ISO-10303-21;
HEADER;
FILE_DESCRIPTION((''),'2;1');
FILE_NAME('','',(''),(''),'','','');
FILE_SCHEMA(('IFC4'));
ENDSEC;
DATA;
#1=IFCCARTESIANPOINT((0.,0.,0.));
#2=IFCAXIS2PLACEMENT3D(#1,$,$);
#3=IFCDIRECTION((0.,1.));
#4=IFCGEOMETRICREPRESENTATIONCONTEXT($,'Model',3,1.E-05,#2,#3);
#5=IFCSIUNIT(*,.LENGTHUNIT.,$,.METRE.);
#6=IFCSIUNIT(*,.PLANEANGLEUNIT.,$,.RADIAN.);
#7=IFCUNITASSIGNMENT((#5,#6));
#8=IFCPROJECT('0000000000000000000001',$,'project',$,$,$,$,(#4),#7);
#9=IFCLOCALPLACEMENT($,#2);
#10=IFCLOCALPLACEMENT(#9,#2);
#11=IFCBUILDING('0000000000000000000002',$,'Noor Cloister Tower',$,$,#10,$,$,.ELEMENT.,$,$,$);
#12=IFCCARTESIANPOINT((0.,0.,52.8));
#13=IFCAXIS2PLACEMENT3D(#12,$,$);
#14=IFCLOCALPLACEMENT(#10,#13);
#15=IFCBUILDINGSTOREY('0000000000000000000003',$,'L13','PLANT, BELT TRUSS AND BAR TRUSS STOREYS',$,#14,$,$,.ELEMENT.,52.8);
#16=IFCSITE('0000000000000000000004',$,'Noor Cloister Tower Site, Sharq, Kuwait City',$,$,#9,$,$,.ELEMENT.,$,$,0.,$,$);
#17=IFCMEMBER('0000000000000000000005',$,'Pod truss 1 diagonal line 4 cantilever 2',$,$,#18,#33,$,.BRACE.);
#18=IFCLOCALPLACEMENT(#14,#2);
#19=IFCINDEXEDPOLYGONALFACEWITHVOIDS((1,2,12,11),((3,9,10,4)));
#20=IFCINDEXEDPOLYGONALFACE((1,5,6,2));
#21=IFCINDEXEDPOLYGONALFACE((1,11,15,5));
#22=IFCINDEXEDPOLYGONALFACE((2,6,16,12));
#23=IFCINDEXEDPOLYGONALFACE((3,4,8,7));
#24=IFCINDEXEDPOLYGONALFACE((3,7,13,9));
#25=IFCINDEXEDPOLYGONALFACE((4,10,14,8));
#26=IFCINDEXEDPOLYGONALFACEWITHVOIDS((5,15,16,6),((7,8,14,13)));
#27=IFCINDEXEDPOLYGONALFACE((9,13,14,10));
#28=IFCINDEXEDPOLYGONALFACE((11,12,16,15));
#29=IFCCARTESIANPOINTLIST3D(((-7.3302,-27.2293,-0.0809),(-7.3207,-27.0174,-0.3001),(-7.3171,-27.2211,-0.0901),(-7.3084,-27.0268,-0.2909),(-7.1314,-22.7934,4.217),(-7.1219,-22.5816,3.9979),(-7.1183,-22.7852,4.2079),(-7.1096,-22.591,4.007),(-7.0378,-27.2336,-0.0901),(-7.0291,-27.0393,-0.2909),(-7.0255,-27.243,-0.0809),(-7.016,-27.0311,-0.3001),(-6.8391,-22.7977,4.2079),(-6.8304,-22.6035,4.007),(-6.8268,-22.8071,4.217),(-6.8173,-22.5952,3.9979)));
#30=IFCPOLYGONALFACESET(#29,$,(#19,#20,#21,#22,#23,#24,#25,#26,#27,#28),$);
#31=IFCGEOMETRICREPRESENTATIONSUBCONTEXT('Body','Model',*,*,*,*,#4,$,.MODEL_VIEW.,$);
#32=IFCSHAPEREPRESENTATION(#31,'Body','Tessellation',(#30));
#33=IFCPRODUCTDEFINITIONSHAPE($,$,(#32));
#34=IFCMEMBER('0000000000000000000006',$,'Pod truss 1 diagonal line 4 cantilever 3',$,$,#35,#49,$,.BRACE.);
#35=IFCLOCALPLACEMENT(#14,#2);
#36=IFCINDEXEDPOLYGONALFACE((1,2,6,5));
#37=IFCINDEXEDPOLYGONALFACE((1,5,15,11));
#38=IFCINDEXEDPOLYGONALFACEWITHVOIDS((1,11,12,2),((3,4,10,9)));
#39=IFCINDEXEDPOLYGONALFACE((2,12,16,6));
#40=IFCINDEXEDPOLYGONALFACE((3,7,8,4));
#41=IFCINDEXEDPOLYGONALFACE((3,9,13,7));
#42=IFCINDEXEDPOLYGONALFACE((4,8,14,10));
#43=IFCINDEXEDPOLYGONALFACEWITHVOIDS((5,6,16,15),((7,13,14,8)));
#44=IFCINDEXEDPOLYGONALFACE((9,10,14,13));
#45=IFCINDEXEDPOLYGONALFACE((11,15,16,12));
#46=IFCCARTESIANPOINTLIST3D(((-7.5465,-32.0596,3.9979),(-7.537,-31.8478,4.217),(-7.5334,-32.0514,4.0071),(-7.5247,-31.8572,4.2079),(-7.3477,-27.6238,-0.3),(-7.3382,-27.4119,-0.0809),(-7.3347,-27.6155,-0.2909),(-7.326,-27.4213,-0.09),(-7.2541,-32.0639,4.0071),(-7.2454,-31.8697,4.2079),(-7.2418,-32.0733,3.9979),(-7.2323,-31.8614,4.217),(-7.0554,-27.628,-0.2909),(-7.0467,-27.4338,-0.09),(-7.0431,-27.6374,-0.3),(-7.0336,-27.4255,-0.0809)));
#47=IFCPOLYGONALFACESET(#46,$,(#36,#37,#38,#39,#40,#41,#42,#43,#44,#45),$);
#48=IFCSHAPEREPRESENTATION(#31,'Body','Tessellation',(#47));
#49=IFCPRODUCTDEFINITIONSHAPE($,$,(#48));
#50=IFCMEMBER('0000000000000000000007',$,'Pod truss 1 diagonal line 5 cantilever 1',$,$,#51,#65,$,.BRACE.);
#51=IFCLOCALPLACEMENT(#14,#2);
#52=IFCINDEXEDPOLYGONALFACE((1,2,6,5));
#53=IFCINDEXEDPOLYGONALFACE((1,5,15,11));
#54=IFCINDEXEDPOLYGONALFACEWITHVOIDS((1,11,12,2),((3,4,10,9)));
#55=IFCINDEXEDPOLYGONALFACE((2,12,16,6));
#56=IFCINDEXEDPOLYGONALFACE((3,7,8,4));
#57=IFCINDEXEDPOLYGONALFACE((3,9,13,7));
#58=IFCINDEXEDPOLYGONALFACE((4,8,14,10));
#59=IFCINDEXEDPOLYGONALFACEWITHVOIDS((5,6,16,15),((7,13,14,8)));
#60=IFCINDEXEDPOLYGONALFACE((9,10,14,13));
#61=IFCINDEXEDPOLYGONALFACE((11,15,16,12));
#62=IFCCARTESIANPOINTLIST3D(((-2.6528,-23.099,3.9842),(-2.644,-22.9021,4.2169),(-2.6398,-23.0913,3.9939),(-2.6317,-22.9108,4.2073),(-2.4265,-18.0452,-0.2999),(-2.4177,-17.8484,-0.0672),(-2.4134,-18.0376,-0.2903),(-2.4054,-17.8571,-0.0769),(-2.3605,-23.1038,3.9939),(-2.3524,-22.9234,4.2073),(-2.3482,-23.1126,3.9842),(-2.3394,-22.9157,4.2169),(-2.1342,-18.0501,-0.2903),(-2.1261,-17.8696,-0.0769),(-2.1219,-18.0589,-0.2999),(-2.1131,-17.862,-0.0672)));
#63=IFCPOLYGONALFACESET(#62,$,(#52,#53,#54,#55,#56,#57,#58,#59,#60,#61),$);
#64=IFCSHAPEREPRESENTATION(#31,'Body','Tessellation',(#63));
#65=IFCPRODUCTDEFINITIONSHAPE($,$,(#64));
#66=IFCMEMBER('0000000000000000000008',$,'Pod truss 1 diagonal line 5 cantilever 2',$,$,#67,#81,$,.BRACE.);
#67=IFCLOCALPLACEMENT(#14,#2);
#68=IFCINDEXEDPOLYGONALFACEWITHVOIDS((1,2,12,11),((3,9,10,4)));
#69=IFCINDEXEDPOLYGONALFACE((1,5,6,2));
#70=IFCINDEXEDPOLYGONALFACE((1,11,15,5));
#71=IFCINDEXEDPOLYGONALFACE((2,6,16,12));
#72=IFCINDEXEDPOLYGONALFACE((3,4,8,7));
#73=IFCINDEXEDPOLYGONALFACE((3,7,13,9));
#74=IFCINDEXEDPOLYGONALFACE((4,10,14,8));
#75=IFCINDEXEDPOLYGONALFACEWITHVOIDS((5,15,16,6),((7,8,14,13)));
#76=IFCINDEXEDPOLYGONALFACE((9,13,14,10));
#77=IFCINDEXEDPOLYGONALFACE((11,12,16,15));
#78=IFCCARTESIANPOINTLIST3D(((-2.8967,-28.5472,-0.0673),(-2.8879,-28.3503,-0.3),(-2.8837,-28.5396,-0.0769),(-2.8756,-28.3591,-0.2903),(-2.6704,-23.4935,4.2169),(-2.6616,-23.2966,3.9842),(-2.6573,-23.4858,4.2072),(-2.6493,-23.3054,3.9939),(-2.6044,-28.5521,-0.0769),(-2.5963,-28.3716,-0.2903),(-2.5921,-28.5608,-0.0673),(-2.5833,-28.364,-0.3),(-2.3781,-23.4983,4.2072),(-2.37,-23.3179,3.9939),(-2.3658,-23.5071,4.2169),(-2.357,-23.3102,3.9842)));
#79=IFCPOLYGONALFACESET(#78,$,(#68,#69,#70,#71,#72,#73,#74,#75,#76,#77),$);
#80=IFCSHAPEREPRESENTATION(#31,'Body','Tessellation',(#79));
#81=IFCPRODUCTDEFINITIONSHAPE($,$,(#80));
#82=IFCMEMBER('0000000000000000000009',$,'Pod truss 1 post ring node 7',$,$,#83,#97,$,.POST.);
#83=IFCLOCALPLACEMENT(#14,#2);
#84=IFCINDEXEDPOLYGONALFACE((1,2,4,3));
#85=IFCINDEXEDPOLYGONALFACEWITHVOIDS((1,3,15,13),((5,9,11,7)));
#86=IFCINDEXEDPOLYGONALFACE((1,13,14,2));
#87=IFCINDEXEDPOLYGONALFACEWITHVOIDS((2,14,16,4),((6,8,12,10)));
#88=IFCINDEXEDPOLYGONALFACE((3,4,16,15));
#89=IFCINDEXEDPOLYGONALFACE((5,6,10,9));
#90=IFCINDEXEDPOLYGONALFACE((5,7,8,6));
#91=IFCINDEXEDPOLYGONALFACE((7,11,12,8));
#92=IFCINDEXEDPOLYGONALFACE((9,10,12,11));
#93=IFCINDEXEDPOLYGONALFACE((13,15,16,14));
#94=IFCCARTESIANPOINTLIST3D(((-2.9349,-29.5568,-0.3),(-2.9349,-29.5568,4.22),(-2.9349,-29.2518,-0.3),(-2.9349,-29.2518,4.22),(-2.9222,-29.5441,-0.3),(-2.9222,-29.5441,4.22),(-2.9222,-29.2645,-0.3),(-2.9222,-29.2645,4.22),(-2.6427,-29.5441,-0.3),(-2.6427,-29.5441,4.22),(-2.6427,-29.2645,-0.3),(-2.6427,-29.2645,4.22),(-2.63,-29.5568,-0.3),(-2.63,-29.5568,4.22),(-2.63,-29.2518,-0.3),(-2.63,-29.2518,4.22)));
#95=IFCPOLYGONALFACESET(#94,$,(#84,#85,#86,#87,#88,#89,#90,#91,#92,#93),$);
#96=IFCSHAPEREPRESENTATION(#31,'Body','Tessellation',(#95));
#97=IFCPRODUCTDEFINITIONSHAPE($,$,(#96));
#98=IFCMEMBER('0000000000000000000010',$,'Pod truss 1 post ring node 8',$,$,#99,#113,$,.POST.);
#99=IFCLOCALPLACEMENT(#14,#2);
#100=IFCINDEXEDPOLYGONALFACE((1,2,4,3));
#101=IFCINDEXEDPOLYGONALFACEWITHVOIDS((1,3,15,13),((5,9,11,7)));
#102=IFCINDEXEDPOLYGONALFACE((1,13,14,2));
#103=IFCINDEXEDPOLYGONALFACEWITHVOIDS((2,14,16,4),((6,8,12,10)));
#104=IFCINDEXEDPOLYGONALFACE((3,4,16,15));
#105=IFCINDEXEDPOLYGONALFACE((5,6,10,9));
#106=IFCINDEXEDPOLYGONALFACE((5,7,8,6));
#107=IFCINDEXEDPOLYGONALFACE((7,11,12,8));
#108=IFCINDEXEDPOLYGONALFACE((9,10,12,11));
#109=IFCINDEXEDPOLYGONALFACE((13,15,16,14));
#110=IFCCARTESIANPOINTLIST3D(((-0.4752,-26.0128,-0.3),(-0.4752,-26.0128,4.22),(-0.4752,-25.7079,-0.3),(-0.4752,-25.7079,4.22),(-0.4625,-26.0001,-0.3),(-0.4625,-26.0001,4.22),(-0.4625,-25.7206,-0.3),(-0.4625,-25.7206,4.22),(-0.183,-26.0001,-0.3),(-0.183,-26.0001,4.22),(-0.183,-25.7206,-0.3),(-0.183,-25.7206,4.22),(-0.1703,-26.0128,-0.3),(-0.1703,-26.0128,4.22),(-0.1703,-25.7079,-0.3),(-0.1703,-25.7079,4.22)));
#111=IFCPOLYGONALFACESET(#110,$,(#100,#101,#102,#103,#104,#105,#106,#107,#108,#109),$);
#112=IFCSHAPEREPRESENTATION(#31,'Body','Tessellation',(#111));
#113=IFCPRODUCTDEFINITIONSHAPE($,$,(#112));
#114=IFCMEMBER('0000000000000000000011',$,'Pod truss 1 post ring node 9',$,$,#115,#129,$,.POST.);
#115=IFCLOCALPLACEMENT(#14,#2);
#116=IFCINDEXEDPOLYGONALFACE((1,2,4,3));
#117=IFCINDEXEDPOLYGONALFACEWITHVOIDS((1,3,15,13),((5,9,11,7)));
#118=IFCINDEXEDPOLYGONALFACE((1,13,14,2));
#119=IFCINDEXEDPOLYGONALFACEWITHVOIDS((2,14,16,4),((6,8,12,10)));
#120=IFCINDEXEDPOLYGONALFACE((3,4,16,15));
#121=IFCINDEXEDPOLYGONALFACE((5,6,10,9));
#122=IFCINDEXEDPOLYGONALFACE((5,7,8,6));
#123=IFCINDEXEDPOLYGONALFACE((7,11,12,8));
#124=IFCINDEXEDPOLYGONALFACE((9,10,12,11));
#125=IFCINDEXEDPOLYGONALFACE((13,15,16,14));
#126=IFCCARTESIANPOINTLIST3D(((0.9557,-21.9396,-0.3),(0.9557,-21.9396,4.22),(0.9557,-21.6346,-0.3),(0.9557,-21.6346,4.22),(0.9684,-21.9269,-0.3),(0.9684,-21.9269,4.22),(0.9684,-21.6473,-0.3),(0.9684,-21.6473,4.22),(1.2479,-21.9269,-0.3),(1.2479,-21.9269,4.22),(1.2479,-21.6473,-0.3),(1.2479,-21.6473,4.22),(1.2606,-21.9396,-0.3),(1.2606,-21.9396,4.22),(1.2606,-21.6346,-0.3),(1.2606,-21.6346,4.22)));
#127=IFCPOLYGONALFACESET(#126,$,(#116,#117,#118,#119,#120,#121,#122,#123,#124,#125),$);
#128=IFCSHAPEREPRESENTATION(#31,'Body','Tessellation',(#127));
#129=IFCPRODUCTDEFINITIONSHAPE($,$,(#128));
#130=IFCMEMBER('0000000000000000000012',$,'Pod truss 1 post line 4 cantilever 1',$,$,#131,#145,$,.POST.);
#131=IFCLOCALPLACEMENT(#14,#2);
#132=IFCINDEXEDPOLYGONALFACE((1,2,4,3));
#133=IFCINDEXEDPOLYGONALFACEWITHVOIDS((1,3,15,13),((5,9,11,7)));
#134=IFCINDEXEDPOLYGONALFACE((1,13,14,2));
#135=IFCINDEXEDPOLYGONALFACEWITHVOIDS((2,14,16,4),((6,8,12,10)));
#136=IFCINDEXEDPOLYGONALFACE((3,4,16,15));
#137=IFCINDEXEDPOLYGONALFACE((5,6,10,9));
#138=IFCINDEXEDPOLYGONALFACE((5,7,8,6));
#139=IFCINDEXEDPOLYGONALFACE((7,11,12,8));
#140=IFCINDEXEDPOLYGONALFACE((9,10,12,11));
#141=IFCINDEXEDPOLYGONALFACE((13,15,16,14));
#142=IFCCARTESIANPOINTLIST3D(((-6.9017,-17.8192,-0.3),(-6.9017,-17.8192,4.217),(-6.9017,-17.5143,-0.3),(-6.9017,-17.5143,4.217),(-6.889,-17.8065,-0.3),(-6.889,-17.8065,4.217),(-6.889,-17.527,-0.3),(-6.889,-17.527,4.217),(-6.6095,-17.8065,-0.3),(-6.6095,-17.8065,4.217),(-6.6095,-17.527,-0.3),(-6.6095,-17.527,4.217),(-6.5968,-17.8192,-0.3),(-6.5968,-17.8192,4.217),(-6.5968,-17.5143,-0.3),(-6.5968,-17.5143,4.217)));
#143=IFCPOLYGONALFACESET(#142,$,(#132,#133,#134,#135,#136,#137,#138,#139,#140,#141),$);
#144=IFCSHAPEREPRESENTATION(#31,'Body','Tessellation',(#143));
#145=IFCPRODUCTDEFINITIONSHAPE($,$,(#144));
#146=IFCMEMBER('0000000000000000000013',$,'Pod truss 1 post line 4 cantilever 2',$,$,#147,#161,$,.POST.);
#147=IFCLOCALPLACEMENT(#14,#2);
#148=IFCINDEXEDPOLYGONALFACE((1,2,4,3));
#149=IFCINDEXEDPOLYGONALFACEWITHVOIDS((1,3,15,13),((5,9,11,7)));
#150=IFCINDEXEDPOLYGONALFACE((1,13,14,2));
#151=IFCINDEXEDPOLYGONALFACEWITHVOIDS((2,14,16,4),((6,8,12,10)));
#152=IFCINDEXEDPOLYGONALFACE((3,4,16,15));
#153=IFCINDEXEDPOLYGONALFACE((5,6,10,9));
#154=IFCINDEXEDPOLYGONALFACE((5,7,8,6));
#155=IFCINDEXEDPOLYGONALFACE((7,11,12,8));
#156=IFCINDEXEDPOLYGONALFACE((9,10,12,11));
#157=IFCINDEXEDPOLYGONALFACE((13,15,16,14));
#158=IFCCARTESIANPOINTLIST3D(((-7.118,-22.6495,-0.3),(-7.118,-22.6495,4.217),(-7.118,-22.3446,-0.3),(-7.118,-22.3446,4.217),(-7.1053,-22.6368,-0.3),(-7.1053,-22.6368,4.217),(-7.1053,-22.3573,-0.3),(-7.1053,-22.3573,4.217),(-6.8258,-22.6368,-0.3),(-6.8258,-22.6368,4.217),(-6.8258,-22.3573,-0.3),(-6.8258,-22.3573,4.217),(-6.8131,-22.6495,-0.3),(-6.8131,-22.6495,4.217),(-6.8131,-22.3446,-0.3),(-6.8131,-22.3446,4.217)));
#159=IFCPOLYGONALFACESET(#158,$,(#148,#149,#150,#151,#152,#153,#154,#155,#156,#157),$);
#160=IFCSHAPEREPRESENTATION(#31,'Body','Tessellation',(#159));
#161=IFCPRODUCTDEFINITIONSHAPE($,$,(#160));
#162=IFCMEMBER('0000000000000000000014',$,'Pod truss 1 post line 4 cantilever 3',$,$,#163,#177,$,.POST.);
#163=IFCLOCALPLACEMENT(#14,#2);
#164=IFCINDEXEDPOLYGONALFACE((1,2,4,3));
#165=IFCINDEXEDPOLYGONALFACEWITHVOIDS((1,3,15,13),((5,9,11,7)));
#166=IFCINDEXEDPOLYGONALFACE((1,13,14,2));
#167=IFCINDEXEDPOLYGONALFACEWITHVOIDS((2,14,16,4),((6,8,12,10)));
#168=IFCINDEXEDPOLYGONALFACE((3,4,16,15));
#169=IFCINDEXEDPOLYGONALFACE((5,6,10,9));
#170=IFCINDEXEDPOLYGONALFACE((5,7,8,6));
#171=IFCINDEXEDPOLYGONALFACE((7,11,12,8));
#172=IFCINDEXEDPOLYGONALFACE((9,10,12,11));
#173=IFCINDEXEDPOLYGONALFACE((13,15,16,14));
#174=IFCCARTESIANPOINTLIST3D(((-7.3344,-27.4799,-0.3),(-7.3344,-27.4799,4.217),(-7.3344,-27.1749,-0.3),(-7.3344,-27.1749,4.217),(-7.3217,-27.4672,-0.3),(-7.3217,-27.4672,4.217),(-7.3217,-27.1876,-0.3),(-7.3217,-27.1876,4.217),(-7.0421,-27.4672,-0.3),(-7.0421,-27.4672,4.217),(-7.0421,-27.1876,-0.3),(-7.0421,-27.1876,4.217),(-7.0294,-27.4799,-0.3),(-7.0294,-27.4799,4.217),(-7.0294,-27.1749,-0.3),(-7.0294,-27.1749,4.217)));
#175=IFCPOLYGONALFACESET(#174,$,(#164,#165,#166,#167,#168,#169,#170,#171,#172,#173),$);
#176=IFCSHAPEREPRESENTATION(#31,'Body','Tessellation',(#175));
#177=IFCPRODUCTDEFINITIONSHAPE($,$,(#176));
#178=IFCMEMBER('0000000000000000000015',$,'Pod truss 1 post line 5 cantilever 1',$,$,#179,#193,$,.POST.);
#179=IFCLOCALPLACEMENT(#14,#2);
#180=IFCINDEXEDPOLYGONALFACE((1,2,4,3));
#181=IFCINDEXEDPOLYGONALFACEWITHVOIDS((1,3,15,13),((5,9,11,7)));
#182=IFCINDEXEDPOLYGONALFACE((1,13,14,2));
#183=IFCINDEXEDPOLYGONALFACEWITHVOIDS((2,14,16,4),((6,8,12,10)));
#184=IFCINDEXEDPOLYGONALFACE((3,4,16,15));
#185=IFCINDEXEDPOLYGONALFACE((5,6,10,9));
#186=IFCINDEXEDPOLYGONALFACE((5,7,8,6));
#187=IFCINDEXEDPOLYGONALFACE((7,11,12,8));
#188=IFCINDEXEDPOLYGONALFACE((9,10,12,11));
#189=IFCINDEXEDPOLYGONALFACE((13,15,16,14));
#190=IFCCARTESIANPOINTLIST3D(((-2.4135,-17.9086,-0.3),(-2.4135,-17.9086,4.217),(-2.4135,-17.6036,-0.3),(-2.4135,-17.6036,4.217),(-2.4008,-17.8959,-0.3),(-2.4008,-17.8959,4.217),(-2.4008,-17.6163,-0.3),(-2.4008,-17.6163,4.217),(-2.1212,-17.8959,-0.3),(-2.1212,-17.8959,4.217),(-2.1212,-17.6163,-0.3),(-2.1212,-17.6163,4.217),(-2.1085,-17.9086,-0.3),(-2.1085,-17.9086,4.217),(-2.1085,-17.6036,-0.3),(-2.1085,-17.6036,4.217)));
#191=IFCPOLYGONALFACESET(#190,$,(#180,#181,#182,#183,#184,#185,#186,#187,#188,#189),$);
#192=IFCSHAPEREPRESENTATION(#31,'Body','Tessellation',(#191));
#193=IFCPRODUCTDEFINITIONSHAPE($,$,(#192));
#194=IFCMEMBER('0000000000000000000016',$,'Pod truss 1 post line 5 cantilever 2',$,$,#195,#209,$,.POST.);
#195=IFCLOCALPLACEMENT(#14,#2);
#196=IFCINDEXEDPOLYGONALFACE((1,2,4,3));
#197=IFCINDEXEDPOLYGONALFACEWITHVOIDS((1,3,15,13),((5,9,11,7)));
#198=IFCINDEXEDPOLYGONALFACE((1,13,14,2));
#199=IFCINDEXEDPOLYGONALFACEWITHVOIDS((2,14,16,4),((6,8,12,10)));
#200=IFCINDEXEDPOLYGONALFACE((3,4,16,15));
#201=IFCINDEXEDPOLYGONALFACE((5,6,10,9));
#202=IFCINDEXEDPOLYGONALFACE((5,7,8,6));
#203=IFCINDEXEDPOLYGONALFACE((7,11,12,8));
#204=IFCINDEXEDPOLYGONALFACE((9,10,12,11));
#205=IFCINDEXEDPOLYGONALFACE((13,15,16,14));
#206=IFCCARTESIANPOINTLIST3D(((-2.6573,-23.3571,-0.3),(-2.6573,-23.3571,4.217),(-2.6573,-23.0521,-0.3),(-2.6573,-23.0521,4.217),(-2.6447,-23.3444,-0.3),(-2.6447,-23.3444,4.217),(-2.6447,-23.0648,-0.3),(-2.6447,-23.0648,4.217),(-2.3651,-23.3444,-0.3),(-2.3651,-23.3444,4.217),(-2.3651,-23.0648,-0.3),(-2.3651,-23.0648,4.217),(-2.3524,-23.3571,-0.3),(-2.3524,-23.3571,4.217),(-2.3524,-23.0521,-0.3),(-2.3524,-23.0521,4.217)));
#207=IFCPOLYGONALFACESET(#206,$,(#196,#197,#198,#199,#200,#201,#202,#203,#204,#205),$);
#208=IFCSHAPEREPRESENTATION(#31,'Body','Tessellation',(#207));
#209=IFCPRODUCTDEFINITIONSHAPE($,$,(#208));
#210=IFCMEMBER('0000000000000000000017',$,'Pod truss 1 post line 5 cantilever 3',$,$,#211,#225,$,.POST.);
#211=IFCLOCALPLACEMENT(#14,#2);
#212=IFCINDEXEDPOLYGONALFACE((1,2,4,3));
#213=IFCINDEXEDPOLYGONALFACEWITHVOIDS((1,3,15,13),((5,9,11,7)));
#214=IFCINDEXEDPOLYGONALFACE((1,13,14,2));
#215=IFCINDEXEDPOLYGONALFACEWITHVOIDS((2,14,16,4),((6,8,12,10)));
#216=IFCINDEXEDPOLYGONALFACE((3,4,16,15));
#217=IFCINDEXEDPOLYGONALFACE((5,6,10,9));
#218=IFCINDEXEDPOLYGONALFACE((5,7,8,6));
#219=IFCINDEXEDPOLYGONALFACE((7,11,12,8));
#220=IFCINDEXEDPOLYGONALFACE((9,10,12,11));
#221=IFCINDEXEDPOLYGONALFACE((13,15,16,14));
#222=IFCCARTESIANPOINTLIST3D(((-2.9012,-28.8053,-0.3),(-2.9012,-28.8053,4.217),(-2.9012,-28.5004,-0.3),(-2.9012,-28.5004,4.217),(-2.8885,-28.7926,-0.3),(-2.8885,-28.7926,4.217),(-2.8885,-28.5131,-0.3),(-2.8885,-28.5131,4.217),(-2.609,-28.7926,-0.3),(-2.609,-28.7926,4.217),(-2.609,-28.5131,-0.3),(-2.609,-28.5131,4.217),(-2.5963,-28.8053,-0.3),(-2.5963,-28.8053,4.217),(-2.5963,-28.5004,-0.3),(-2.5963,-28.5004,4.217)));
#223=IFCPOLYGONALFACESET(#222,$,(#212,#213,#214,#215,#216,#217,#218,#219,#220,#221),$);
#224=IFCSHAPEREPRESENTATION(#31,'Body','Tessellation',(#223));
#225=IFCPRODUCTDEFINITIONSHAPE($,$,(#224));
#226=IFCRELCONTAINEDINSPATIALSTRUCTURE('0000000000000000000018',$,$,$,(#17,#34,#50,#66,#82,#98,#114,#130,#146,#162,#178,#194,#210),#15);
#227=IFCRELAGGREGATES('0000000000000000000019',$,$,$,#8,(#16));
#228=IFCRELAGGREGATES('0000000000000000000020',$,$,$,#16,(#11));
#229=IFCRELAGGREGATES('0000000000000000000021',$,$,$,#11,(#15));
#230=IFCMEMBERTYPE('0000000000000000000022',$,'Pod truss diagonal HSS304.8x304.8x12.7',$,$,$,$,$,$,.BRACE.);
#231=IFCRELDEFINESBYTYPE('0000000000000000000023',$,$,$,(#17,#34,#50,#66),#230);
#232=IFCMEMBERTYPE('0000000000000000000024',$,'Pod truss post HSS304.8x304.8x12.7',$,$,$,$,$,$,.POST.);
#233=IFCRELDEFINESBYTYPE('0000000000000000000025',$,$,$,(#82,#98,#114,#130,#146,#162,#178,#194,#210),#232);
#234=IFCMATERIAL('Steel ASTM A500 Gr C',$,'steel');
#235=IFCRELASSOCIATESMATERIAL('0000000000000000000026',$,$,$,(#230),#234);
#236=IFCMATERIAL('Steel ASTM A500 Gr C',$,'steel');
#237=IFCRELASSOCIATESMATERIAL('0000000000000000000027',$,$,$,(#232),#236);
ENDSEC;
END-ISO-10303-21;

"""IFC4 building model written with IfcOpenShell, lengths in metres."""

from ifc_helpers import new_model, si_unit, direction, frame, origin, origin_2d, place, context, subcontext, project, spatial, hollow_rectangle, extrude, material, material_profile, profile_set, type_object, element, save


model = new_model("IFC4")

# Units and contexts
model_context = context("Model", 3, precision=1e-05, world=origin(), true_north=direction((0.0, 1.0)))
body_context = subcontext(model_context, "Body", "Model", "MODEL_VIEW")
ifc_project = project(units=[si_unit("LENGTHUNIT", "METRE"), si_unit("PLANEANGLEUNIT", "RADIAN")], contexts=[model_context])

# Site, building, storey
site_placement = place(None, origin())
site = spatial("IfcSite", under=ifc_project, at=site_placement, Name="Noor Cloister Tower Site, Sharq, Kuwait City", CompositionType="ELEMENT", RefElevation=0.0)
building_placement = place(site_placement, origin())
building = spatial("IfcBuilding", under=site, at=building_placement, Name="Noor Cloister Tower", CompositionType="ELEMENT")
storey_placement = place(building_placement, frame((0.0, 0.0, 52.8)))
storey = spatial("IfcBuildingStorey", under=building, at=storey_placement, Name="L13", Description="PLANT, BELT TRUSS AND BAR TRUSS STOREYS", CompositionType="ELEMENT", Elevation=52.8)

# Members
ifc_material_1 = material(Name="Steel ASTM A500 Gr C", Category="steel")
ifc_material_profile_1 = material_profile(ifc_material_1, hollow_rectangle(XDim=0.3049, YDim=0.3049, WallThickness=0.0127, at=origin_2d()), Name="HSS304.8x304.8x12.7")
ifc_profile_set_1 = profile_set([ifc_material_profile_1], Name="Steel ASTM A500 Gr C")
member_type_1 = type_object("IfcMemberType", Name="Pod truss diagonal HSS304.8x304.8x12.7", PredefinedType="BRACE", material=ifc_profile_set_1)
for number, where, z_axis, x_axis, name in (
    (1, (-6.9744, -22.6943, 4.1074), (-0.032159, -0.717814, -0.695492), (0.998998, -0.044757, 0.0), "Pod truss 1 diagonal line 4 cantilever 2"),
    (2, (-7.1907, -27.5247, -0.1904), (-0.032159, -0.717814, 0.695492), (0.998998, -0.044757, 0.0), "Pod truss 1 diagonal line 4 cantilever 3"),
):
    element("IfcMember", number, at=place(storey_placement, frame(where, z_axis=z_axis, x_axis=x_axis)), inside=storey, type_object=member_type_1, Name=name, PredefinedType="BRACE", context=body_context, shape_type="SweptSolid", body=[
        extrude(hollow_rectangle(XDim=0.3049, YDim=0.3049, WallThickness=0.0127, at=origin_2d()), origin(), (0.0, 0.0, 1.0), 6.1797),
    ])
for number, where, z_axis, x_axis, name in (
    (3, (-2.2698, -17.9536, -0.1836), (-0.03414, -0.762349, 0.646265), (0.998999, -0.044738, 0.0), "Pod truss 1 diagonal line 5 cantilever 1"),
    (4, (-2.5137, -23.4019, 4.1006), (-0.03414, -0.762349, -0.646265), (0.998999, -0.044738, 0.0), "Pod truss 1 diagonal line 5 cantilever 2"),
):
    element("IfcMember", number, at=place(storey_placement, frame(where, z_axis=z_axis, x_axis=x_axis)), inside=storey, type_object=member_type_1, Name=name, PredefinedType="BRACE", context=body_context, shape_type="SweptSolid", body=[
        extrude(hollow_rectangle(XDim=0.3049, YDim=0.3049, WallThickness=0.0127, at=origin_2d()), origin(), (0.0, 0.0, 1.0), 6.6292),
    ])
ifc_material_2 = material(Name="Steel ASTM A500 Gr C", Category="steel")
ifc_material_profile_2 = material_profile(ifc_material_2, hollow_rectangle(XDim=0.3049, YDim=0.3049, WallThickness=0.0127, at=origin_2d()), Name="HSS304.8x304.8x12.7")
ifc_profile_set_2 = profile_set([ifc_material_profile_2], Name="Steel ASTM A500 Gr C")
member_type_2 = type_object("IfcMemberType", Name="Pod truss post HSS304.8x304.8x12.7", PredefinedType="POST", material=ifc_profile_set_2)
for number, where, z_axis, x_axis, name in (
    (5, (-2.7825, -29.4043, -0.3), (0.0, 0.0, 1.0), (1.0, 0.0, 0.0), "Pod truss 1 post ring node 7"),
    (6, (-0.3228, -25.8604, -0.3), (0.0, 0.0, 1.0), (1.0, 0.0, 0.0), "Pod truss 1 post ring node 8"),
    (7, (1.1082, -21.7871, -0.3), (0.0, 0.0, 1.0), (1.0, 0.0, 0.0), "Pod truss 1 post ring node 9"),
):
    element("IfcMember", number, at=place(storey_placement, frame(where, z_axis=z_axis, x_axis=x_axis)), inside=storey, type_object=member_type_2, Name=name, PredefinedType="POST", context=body_context, shape_type="SweptSolid", body=[
        extrude(hollow_rectangle(XDim=0.3049, YDim=0.3049, WallThickness=0.0127, at=origin_2d()), origin(), (0.0, 0.0, 1.0), 4.52),
    ])
for number, where, z_axis, x_axis, name in (
    (8, (-6.7493, -17.6667, -0.3), (0.0, 0.0, 1.0), (1.0, 0.0, 0.0), "Pod truss 1 post line 4 cantilever 1"),
    (9, (-6.9656, -22.4971, -0.3), (0.0, 0.0, 1.0), (1.0, 0.0, 0.0), "Pod truss 1 post line 4 cantilever 2"),
    (10, (-7.1819, -27.3274, -0.3), (0.0, 0.0, 1.0), (1.0, 0.0, 0.0), "Pod truss 1 post line 4 cantilever 3"),
    (11, (-2.261, -17.7561, -0.3), (0.0, 0.0, 1.0), (1.0, 0.0, 0.0), "Pod truss 1 post line 5 cantilever 1"),
    (12, (-2.5049, -23.2046, -0.3), (0.0, 0.0, 1.0), (1.0, 0.0, 0.0), "Pod truss 1 post line 5 cantilever 2"),
    (13, (-2.7488, -28.6528, -0.3), (0.0, 0.0, 1.0), (1.0, 0.0, 0.0), "Pod truss 1 post line 5 cantilever 3"),
):
    element("IfcMember", number, at=place(storey_placement, frame(where, z_axis=z_axis, x_axis=x_axis)), inside=storey, type_object=member_type_2, Name=name, PredefinedType="POST", context=body_context, shape_type="SweptSolid", body=[
        extrude(hollow_rectangle(XDim=0.3049, YDim=0.3049, WallThickness=0.0127, at=origin_2d()), origin(), (0.0, 0.0, 1.0), 4.5171),
    ])

save(model, "model.ifc")
